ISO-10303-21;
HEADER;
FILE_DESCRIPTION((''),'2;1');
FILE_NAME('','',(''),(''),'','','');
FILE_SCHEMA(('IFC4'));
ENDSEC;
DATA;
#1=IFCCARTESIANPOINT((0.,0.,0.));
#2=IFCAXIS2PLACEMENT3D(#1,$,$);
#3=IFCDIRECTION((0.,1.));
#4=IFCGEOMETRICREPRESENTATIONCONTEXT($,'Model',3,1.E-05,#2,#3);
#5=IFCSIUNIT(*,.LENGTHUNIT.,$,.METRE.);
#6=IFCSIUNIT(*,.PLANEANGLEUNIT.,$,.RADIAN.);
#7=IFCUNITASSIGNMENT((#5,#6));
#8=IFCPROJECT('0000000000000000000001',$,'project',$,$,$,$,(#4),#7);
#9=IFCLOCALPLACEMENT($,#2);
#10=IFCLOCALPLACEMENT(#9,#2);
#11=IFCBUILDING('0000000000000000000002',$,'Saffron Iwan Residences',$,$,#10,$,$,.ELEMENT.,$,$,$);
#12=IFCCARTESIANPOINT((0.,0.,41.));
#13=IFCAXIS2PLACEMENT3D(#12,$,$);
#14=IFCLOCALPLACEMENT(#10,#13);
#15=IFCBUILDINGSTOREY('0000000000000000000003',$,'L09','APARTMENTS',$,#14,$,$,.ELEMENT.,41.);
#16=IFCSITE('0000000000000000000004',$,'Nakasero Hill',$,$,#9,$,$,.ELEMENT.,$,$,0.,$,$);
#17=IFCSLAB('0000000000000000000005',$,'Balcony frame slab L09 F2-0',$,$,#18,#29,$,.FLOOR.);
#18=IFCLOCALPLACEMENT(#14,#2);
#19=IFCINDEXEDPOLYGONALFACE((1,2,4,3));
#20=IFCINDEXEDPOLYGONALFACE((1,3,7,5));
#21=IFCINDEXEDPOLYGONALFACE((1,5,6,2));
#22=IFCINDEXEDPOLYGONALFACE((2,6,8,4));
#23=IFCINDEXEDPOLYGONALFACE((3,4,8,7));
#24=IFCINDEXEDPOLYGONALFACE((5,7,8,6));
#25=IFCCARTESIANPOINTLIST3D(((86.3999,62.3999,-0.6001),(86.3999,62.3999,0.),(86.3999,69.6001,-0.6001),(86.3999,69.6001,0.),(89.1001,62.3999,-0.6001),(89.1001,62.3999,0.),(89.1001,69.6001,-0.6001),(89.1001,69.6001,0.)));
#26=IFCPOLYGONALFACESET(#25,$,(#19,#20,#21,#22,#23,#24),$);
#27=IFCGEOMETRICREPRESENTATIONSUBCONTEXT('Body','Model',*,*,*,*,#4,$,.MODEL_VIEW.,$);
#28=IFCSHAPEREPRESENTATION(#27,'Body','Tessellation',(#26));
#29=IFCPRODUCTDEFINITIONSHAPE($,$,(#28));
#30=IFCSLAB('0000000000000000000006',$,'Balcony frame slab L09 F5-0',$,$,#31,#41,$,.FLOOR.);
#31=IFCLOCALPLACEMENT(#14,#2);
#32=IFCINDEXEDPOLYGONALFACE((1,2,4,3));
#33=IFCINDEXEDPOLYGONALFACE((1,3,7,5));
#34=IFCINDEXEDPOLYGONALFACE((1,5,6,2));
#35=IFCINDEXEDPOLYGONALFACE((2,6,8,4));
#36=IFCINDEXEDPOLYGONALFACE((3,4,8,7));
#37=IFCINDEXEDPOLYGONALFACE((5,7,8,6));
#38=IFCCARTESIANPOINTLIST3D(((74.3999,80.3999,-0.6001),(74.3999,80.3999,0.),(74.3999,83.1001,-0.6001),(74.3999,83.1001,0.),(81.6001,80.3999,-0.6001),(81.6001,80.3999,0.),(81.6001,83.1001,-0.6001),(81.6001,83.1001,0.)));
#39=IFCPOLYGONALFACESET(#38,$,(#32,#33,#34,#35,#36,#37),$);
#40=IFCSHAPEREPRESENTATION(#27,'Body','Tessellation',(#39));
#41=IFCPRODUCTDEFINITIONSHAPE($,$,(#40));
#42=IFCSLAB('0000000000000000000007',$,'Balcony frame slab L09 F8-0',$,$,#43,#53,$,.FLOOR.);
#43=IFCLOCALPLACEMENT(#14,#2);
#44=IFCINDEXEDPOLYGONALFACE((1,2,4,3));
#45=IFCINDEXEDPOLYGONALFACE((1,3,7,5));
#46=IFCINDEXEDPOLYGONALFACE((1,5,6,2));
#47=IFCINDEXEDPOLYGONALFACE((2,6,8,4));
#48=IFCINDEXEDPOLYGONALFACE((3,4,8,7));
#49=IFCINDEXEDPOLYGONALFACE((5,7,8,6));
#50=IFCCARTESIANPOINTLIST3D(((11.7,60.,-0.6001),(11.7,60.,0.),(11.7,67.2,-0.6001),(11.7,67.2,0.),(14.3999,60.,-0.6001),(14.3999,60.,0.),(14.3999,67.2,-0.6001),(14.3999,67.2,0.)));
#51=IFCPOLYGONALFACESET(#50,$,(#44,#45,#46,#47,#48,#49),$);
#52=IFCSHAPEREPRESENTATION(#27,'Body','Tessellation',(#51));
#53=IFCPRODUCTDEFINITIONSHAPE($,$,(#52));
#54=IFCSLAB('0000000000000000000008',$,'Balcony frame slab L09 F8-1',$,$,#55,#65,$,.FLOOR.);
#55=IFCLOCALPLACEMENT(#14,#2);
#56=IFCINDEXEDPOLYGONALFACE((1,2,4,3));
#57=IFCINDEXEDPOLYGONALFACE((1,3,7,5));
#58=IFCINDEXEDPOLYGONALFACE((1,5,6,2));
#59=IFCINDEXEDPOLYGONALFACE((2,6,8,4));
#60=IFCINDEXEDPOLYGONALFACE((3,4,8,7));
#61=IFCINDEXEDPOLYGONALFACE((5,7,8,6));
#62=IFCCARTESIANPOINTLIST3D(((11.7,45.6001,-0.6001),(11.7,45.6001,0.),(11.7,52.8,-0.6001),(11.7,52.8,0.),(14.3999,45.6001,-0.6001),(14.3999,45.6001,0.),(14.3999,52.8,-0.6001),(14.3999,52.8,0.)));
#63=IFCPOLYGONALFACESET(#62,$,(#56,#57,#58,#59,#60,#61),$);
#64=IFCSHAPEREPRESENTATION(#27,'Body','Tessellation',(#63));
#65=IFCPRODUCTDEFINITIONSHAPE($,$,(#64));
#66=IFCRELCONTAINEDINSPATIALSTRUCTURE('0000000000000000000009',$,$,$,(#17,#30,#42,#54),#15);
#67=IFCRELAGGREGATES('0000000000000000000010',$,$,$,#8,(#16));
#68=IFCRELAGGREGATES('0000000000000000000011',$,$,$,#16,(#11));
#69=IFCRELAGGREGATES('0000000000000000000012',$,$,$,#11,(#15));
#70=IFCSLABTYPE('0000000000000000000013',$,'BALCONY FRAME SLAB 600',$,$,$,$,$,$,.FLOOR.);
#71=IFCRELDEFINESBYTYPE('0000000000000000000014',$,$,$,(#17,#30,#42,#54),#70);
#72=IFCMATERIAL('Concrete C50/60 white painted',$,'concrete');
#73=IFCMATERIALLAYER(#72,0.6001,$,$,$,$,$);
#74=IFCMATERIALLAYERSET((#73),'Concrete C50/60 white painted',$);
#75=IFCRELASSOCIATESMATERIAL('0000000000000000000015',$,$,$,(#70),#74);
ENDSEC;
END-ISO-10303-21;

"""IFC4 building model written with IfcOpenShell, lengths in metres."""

from ifc_helpers import new_model, si_unit, direction, frame, origin, place, context, subcontext, project, spatial, polyline, outline, extrude, material, layer, layer_set, type_object, element, save


model = new_model("IFC4")

# Units and contexts
model_context = context("Model", 3, precision=1e-05, world=origin(), true_north=direction((0.0, 1.0)))
body_context = subcontext(model_context, "Body", "Model", "MODEL_VIEW")
ifc_project = project(units=[si_unit("LENGTHUNIT", "METRE"), si_unit("PLANEANGLEUNIT", "RADIAN")], contexts=[model_context])

# Site, building, storey
site_placement = place(None, origin())
site = spatial("IfcSite", under=ifc_project, at=site_placement, Name="Nakasero Hill", CompositionType="ELEMENT", RefElevation=0.0)
building_placement = place(site_placement, origin())
building = spatial("IfcBuilding", under=site, at=building_placement, Name="Saffron Iwan Residences", CompositionType="ELEMENT")
storey_placement = place(building_placement, frame((0.0, 0.0, 41.0)))
storey = spatial("IfcBuildingStorey", under=building, at=storey_placement, Name="L09", Description="APARTMENTS", CompositionType="ELEMENT", Elevation=41.0)

# Slabs
ifc_material_1 = material(Name="Concrete C50/60 white painted", Category="concrete")
ifc_layer_1 = layer(ifc_material_1, 0.6001)
ifc_layer_set_1 = layer_set([ifc_layer_1], Name="Concrete C50/60 white painted")
slab_type_1 = type_object("IfcSlabType", Name="BALCONY FRAME SLAB 600", PredefinedType="FLOOR", material=ifc_layer_set_1)
slab_1_placement = place(storey_placement, frame((0.0, 0.0, -0.6001)))
element("IfcSlab", 1, at=slab_1_placement, inside=storey, type_object=slab_type_1, Name="Balcony frame slab L09 F2-0", PredefinedType="FLOOR", context=body_context, shape_type="SweptSolid", body=[
    extrude(outline(polyline([(89.1001, 62.3999), (89.1001, 69.6001), (86.3999, 69.6001), (86.3999, 62.3999), (89.1001, 62.3999)])), origin(), (0.0, 0.0, 1.0), 0.6001),
])
slab_2_placement = place(storey_placement, frame((0.0, 0.0, -0.6001)))
element("IfcSlab", 2, at=slab_2_placement, inside=storey, type_object=slab_type_1, Name="Balcony frame slab L09 F5-0", PredefinedType="FLOOR", context=body_context, shape_type="SweptSolid", body=[
    extrude(outline(polyline([(81.6001, 83.1001), (74.3999, 83.1001), (74.3999, 80.3999), (81.6001, 80.3999), (81.6001, 83.1001)])), origin(), (0.0, 0.0, 1.0), 0.6001),
])
slab_3_placement = place(storey_placement, frame((0.0, 0.0, -0.6001)))
element("IfcSlab", 3, at=slab_3_placement, inside=storey, type_object=slab_type_1, Name="Balcony frame slab L09 F8-0", PredefinedType="FLOOR", context=body_context, shape_type="SweptSolid", body=[
    extrude(outline(polyline([(11.7, 67.2), (11.7, 60.0), (14.3999, 60.0), (14.3999, 67.2), (11.7, 67.2)])), origin(), (0.0, 0.0, 1.0), 0.6001),
])
slab_4_placement = place(storey_placement, frame((0.0, 0.0, -0.6001)))
element("IfcSlab", 4, at=slab_4_placement, inside=storey, type_object=slab_type_1, Name="Balcony frame slab L09 F8-1", PredefinedType="FLOOR", context=body_context, shape_type="SweptSolid", body=[
    extrude(outline(polyline([(11.7, 52.8), (11.7, 45.6001), (14.3999, 45.6001), (14.3999, 52.8), (11.7, 52.8)])), origin(), (0.0, 0.0, 1.0), 0.6001),
])

save(model, "model.ifc")
